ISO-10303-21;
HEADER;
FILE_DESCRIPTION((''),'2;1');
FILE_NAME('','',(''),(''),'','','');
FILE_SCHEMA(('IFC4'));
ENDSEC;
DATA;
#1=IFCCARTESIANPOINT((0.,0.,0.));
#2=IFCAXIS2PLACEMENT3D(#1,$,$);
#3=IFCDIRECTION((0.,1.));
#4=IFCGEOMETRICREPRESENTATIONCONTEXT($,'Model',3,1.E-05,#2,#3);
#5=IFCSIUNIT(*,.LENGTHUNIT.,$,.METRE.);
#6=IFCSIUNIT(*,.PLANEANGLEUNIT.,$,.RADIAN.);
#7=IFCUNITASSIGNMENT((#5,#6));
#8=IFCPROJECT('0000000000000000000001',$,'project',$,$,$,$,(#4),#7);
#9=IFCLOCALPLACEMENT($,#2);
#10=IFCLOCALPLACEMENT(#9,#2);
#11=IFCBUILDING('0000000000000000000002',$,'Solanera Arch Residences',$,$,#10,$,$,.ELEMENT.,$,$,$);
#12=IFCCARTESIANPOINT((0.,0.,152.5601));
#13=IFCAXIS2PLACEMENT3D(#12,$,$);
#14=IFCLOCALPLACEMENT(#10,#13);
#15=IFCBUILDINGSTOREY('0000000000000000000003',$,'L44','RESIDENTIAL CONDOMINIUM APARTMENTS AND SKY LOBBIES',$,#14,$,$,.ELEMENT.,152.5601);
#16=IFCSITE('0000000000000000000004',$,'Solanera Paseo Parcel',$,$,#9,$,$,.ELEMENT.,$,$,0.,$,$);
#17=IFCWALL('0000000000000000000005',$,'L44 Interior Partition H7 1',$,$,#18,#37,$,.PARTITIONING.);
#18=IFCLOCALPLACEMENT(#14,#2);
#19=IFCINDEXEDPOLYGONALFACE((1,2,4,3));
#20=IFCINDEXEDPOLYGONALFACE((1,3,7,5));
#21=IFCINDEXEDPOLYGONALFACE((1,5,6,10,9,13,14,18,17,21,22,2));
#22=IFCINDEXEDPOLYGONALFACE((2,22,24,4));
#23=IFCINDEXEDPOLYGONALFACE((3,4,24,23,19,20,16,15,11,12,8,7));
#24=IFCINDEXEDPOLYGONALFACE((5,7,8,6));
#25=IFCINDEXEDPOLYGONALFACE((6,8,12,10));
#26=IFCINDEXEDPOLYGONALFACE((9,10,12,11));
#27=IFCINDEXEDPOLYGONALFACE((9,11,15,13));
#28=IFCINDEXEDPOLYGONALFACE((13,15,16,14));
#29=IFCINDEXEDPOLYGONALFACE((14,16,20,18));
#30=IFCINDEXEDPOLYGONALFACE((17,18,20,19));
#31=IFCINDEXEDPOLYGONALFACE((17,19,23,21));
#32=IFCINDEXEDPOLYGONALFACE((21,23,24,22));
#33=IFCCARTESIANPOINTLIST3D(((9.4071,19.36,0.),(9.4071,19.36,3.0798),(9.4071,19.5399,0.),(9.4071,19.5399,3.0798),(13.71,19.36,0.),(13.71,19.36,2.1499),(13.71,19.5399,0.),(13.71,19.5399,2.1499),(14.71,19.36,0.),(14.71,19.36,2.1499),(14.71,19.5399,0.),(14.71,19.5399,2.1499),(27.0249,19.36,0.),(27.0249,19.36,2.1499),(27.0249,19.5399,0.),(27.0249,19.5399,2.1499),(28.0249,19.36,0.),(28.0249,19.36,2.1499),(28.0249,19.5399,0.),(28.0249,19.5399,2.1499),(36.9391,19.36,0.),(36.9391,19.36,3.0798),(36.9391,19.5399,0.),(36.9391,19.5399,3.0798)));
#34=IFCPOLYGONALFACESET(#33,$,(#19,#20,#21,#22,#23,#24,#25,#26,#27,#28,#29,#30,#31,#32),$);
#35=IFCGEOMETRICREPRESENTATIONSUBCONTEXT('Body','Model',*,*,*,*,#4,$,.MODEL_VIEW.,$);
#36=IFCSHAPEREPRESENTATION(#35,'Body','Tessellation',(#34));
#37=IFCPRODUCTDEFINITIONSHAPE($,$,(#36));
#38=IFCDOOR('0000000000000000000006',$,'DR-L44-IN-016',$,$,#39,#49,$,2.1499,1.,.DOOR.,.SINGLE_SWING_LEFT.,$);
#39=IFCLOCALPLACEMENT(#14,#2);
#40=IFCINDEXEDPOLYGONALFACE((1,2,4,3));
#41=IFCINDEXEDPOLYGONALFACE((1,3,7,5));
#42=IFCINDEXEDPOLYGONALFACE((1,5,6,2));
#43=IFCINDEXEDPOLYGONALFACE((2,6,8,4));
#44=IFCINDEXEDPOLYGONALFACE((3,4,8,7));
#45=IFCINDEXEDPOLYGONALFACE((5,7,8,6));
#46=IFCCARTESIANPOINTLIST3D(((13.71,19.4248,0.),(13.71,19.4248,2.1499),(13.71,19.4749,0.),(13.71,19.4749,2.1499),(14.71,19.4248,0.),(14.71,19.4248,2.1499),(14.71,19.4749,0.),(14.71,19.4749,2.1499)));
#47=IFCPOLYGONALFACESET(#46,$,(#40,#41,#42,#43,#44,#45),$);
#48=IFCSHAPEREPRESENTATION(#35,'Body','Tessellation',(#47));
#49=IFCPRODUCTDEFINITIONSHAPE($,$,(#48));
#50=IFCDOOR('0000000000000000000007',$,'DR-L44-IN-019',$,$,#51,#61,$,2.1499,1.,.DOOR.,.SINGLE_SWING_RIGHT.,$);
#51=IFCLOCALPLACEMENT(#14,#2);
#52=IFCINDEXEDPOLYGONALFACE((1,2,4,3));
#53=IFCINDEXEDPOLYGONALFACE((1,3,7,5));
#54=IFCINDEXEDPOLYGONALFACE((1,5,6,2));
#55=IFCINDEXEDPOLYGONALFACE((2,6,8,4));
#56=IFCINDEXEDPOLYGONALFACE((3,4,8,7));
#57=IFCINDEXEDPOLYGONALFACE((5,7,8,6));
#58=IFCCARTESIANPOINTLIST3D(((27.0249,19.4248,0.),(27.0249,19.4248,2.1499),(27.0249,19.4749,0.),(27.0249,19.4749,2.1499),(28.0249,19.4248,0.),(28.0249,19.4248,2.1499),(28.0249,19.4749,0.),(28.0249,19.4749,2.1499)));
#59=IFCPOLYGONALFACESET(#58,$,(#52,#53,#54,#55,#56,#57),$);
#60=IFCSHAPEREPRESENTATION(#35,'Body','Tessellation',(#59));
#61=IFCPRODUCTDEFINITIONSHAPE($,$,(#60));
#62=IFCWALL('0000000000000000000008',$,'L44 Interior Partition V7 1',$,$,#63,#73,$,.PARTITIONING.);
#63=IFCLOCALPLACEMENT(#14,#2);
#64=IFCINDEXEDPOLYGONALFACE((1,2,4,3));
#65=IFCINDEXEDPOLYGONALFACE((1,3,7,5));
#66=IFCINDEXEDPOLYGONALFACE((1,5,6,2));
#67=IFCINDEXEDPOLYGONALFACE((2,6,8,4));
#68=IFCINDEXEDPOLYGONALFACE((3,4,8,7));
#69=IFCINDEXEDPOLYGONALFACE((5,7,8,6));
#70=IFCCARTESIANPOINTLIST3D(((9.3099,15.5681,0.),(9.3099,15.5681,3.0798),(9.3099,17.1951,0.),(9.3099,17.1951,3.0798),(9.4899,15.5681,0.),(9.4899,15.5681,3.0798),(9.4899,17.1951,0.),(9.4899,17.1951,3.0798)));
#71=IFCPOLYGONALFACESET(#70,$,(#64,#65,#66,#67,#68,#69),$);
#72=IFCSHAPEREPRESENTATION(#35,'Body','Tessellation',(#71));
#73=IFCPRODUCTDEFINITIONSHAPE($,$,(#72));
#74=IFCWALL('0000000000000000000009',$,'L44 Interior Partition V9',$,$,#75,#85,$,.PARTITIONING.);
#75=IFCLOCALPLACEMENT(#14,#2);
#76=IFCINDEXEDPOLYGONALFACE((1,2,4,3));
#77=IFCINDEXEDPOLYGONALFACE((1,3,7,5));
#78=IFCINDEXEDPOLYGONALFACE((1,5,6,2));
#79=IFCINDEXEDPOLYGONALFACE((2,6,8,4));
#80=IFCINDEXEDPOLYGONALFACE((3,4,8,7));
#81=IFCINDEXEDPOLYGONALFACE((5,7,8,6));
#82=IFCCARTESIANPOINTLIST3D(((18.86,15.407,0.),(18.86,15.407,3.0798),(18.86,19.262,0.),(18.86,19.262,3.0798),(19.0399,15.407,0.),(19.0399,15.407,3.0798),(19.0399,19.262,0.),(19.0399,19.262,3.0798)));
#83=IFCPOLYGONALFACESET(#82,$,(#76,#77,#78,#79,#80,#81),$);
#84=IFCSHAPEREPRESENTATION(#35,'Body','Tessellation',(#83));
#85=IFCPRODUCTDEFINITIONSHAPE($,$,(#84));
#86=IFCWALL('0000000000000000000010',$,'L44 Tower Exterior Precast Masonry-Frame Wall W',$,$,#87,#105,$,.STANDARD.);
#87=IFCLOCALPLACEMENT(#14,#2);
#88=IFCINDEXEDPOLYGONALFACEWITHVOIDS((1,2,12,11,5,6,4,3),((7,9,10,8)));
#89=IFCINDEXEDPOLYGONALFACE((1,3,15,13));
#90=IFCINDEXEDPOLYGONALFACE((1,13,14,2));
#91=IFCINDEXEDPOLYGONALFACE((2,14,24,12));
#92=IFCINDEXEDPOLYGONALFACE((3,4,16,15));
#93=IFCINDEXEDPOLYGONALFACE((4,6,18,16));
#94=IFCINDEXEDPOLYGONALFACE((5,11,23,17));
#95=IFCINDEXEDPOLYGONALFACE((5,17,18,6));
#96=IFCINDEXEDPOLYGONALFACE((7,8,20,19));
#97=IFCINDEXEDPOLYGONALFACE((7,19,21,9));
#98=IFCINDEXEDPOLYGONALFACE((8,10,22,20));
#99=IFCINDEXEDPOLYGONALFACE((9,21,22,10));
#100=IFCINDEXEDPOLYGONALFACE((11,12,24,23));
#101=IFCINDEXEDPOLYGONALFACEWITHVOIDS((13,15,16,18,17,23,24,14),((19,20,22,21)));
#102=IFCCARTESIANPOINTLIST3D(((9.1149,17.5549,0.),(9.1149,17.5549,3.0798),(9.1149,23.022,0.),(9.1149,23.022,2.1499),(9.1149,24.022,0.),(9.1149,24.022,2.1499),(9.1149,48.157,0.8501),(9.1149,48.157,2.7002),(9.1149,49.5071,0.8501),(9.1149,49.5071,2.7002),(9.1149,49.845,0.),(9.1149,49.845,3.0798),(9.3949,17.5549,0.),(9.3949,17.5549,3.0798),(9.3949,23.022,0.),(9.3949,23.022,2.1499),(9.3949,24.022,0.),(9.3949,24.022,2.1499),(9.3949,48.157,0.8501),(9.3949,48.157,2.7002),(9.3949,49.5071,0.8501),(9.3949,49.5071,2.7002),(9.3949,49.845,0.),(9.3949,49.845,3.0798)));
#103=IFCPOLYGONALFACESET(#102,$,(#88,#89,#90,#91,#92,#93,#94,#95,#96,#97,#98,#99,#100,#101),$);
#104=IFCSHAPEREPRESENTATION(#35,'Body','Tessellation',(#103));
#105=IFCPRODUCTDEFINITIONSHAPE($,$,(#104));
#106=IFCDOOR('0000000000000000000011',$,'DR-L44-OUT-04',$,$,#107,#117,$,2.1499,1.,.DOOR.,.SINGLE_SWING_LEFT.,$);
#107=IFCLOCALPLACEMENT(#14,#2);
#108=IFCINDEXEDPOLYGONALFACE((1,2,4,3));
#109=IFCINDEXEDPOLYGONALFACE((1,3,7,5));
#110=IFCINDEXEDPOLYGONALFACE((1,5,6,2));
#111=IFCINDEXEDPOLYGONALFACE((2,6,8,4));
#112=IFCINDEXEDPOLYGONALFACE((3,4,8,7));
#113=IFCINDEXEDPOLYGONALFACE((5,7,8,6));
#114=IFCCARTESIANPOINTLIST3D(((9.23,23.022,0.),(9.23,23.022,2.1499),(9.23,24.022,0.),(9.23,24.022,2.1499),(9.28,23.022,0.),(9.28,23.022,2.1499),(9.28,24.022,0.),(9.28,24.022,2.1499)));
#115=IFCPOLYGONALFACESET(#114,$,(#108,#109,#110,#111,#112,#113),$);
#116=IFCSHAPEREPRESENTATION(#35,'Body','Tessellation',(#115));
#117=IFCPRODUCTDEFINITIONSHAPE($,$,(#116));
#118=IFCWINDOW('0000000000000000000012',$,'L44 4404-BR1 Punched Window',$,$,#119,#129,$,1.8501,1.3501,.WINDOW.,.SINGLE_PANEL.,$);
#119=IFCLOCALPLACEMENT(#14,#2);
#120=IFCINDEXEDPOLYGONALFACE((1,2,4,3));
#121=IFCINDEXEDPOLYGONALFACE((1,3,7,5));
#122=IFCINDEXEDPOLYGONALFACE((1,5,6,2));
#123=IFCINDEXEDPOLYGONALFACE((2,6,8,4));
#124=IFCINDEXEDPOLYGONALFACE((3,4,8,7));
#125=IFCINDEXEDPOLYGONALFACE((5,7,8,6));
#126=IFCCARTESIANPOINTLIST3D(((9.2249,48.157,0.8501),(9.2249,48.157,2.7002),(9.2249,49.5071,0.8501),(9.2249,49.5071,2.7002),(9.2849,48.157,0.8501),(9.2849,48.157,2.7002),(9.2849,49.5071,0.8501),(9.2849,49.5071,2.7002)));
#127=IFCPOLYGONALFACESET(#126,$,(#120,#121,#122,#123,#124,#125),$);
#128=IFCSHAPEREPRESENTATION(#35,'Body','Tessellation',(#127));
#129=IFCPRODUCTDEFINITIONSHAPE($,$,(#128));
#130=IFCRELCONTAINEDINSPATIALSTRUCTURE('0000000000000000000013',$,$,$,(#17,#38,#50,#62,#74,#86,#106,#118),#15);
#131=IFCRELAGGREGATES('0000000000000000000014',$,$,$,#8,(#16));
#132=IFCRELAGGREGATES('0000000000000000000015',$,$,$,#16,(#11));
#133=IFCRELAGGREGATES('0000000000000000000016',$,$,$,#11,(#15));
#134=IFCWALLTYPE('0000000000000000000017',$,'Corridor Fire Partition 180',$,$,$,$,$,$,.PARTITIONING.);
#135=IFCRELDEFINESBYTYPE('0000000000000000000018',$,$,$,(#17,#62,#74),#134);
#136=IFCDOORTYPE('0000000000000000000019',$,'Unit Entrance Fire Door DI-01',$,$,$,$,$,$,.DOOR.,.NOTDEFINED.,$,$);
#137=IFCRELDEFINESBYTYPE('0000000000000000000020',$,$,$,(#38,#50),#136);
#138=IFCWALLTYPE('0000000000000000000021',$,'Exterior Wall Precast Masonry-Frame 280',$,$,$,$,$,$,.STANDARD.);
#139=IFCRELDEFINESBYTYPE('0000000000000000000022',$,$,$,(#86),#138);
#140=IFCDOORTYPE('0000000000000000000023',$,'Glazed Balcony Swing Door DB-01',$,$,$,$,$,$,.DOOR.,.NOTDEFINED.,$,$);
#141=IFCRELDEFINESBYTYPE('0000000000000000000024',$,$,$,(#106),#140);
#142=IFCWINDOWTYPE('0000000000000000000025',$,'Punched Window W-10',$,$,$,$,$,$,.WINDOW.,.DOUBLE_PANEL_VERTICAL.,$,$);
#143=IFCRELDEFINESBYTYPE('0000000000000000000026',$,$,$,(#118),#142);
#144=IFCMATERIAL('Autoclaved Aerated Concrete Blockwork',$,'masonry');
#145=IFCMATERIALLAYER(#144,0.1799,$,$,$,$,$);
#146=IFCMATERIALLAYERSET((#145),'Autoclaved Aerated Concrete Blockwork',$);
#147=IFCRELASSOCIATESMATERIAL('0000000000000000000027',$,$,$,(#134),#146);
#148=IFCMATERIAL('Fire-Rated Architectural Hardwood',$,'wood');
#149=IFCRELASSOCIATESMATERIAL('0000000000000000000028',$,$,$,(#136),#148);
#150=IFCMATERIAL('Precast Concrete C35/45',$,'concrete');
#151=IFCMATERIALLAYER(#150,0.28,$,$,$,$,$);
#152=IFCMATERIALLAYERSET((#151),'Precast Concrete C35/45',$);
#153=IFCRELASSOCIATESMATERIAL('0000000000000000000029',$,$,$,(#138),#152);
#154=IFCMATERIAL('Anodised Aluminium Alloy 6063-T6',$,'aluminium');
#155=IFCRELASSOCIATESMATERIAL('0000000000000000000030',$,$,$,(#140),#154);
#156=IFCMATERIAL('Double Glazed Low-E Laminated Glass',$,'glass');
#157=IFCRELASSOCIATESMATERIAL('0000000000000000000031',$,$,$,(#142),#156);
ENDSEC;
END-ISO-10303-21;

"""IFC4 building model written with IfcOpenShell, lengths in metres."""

from ifc_helpers import new_model, si_unit, direction, frame, frame_2d, origin, place, context, subcontext, project, spatial, rectangle, extrude, material, layer, layer_set, type_object, element, fill, save


model = new_model("IFC4")

# Units and contexts
model_context = context("Model", 3, precision=1e-05, world=origin(), true_north=direction((0.0, 1.0)))
body_context = subcontext(model_context, "Body", "Model", "MODEL_VIEW")
ifc_project = project(units=[si_unit("LENGTHUNIT", "METRE"), si_unit("PLANEANGLEUNIT", "RADIAN")], contexts=[model_context])

# Site, building, storey
site_placement = place(None, origin())
site = spatial("IfcSite", under=ifc_project, at=site_placement, Name="Solanera Paseo Parcel", CompositionType="ELEMENT", RefElevation=0.0)
building_placement = place(site_placement, origin())
building = spatial("IfcBuilding", under=site, at=building_placement, Name="Solanera Arch Residences", CompositionType="ELEMENT")
storey_placement = place(building_placement, frame((0.0, 0.0, 152.5601)))
storey = spatial("IfcBuildingStorey", under=building, at=storey_placement, Name="L44", Description="RESIDENTIAL CONDOMINIUM APARTMENTS AND SKY LOBBIES", CompositionType="ELEMENT", Elevation=152.5601)

# Wall, openings, doors
ifc_material_1 = material(Name="Autoclaved Aerated Concrete Blockwork", Category="masonry")
ifc_layer_1 = layer(ifc_material_1, 0.1799)
ifc_layer_set_1 = layer_set([ifc_layer_1], Name="Autoclaved Aerated Concrete Blockwork")
wall_type_1 = type_object("IfcWallType", Name="Corridor Fire Partition 180", PredefinedType="PARTITIONING", material=ifc_layer_set_1)
wall_1_placement = place(storey_placement, frame((9.407, 19.45, 0.0), z_axis=(0.0, 0.0, 1.0), x_axis=(1.0, 0.0, 0.0)))
wall_1 = element("IfcWall", 1, at=wall_1_placement, inside=storey, type_object=wall_type_1, Name="L44 Interior Partition H7 1", PredefinedType="PARTITIONING", context=body_context, shape_type="SweptSolid", body=[
    extrude(rectangle(XDim=27.532, YDim=0.1799, at=frame_2d((13.7661, 0.0))), origin(), (0.0, 0.0, 1.0), 3.0798),
])
opening_1_placement = place(wall_1_placement, frame((4.303, 0.0, 0.0)))
opening_1 = element("IfcOpeningElement", 2, at=opening_1_placement, cuts=wall_1, PredefinedType="OPENING", context=body_context, shape_type="SweptSolid", body=[
    extrude(rectangle(XDim=1.0, YDim=2.1499, at=frame_2d((0.5, 1.075))), frame((0.0, 0.1001, 0.0), z_axis=(0.0, -1.0, 0.0), x_axis=(1.0, 0.0, 0.0)), (0.0, 0.0, 1.0), 0.1999),
])
opening_2_placement = place(wall_1_placement, frame((17.6179, 0.0, 0.0)))
opening_2 = element("IfcOpeningElement", 3, at=opening_2_placement, cuts=wall_1, PredefinedType="OPENING", context=body_context, shape_type="SweptSolid", body=[
    extrude(rectangle(XDim=1.0, YDim=2.1499, at=frame_2d((0.5, 1.075))), frame((0.0, 0.1001, 0.0), z_axis=(0.0, -1.0, 0.0), x_axis=(1.0, 0.0, 0.0)), (0.0, 0.0, 1.0), 0.1999),
])
ifc_material_2 = material(Name="Fire-Rated Architectural Hardwood", Category="wood")
door_type_1 = type_object("IfcDoorType", Name="Unit Entrance Fire Door DI-01", OperationType="NOTDEFINED", PredefinedType="DOOR", material=ifc_material_2)
door_1_placement = place(opening_1_placement, origin())
door_1 = element("IfcDoor", 4, at=door_1_placement, inside=storey, type_object=door_type_1, Name="DR-L44-IN-016", OperationType="SINGLE_SWING_LEFT", OverallHeight=2.1499, OverallWidth=1.0, PredefinedType="DOOR", context=body_context, shape_type="SweptSolid", body=[
    extrude(rectangle(XDim=1.0, YDim=2.1499, at=frame_2d((0.5, 1.075))), frame((0.0, 0.0249, 0.0), z_axis=(0.0, -1.0, 0.0), x_axis=(1.0, 0.0, 0.0)), (0.0, 0.0, 1.0), 0.05),
])
fill(opening_1, door_1)
door_2_placement = place(opening_2_placement, origin())
door_2 = element("IfcDoor", 5, at=door_2_placement, inside=storey, type_object=door_type_1, Name="DR-L44-IN-019", OperationType="SINGLE_SWING_RIGHT", OverallHeight=2.1499, OverallWidth=1.0, PredefinedType="DOOR", context=body_context, shape_type="SweptSolid", body=[
    extrude(rectangle(XDim=1.0, YDim=2.1499, at=frame_2d((0.5, 1.075))), frame((0.0, 0.0249, 0.0), z_axis=(0.0, -1.0, 0.0), x_axis=(1.0, 0.0, 0.0)), (0.0, 0.0, 1.0), 0.05),
])
fill(opening_2, door_2)

# Walls
wall_2_placement = place(storey_placement, frame((9.3999, 15.5681, 0.0), z_axis=(0.0, 0.0, 1.0), x_axis=(0.0, 1.0, 0.0)))
element("IfcWall", 6, at=wall_2_placement, inside=storey, type_object=wall_type_1, Name="L44 Interior Partition V7 1", PredefinedType="PARTITIONING", context=body_context, shape_type="SweptSolid", body=[
    extrude(rectangle(XDim=1.627, YDim=0.1799, at=frame_2d((0.8135, 0.0))), origin(), (0.0, 0.0, 1.0), 3.0798),
])
wall_3_placement = place(storey_placement, frame((18.95, 15.407, 0.0), z_axis=(0.0, 0.0, 1.0), x_axis=(0.0, 1.0, 0.0)))
element("IfcWall", 7, at=wall_3_placement, inside=storey, type_object=wall_type_1, Name="L44 Interior Partition V9", PredefinedType="PARTITIONING", context=body_context, shape_type="SweptSolid", body=[
    extrude(rectangle(XDim=3.855, YDim=0.1799, at=frame_2d((1.9275, 0.0))), origin(), (0.0, 0.0, 1.0), 3.0798),
])

# Wall, openings, door, window
ifc_material_3 = material(Name="Precast Concrete C35/45", Category="concrete")
ifc_layer_2 = layer(ifc_material_3, 0.28)
ifc_layer_set_2 = layer_set([ifc_layer_2], Name="Precast Concrete C35/45")
wall_type_2 = type_object("IfcWallType", Name="Exterior Wall Precast Masonry-Frame 280", PredefinedType="STANDARD", material=ifc_layer_set_2)
wall_4_placement = place(storey_placement, frame((9.2549, 17.5549, 0.0), z_axis=(0.0, 0.0, 1.0), x_axis=(0.0, 1.0, 0.0)))
wall_4 = element("IfcWall", 8, at=wall_4_placement, inside=storey, type_object=wall_type_2, Name="L44 Tower Exterior Precast Masonry-Frame Wall W", PredefinedType="STANDARD", context=body_context, shape_type="SweptSolid", body=[
    extrude(rectangle(XDim=32.29, YDim=0.28, at=frame_2d((16.145, 0.0))), origin(), (0.0, 0.0, 1.0), 3.0798),
])
opening_3_placement = place(wall_4_placement, frame((5.467, 0.0, 0.0)))
opening_3 = element("IfcOpeningElement", 9, at=opening_3_placement, cuts=wall_4, PredefinedType="OPENING", context=body_context, shape_type="SweptSolid", body=[
    extrude(rectangle(XDim=1.0, YDim=2.1499, at=frame_2d((0.5, 1.075))), frame((0.0, 0.1499, 0.0), z_axis=(0.0, -1.0, 0.0), x_axis=(1.0, 0.0, 0.0)), (0.0, 0.0, 1.0), 0.3),
])
opening_4_placement = place(wall_4_placement, frame((30.6021, 0.0, 0.8501)))
opening_4 = element("IfcOpeningElement", 10, at=opening_4_placement, cuts=wall_4, PredefinedType="OPENING", context=body_context, shape_type="SweptSolid", body=[
    extrude(rectangle(XDim=1.3501, YDim=1.8501, at=frame_2d((0.675, 0.925))), frame((0.0, 0.1499, 0.0), z_axis=(0.0, -1.0, 0.0), x_axis=(1.0, 0.0, 0.0)), (0.0, 0.0, 1.0), 0.3),
])
ifc_material_4 = material(Name="Anodised Aluminium Alloy 6063-T6", Category="aluminium")
door_type_2 = type_object("IfcDoorType", Name="Glazed Balcony Swing Door DB-01", OperationType="NOTDEFINED", PredefinedType="DOOR", material=ifc_material_4)
door_3_placement = place(opening_3_placement, origin())
door_3 = element("IfcDoor", 11, at=door_3_placement, inside=storey, type_object=door_type_2, Name="DR-L44-OUT-04", OperationType="SINGLE_SWING_LEFT", OverallHeight=2.1499, OverallWidth=1.0, PredefinedType="DOOR", context=body_context, shape_type="SweptSolid", body=[
    extrude(rectangle(XDim=1.0, YDim=2.1499, at=frame_2d((0.5, 1.075))), frame((0.0, 0.0249, 0.0), z_axis=(0.0, -1.0, 0.0), x_axis=(1.0, 0.0, 0.0)), (0.0, 0.0, 1.0), 0.05),
])
fill(opening_3, door_3)
ifc_material_5 = material(Name="Double Glazed Low-E Laminated Glass", Category="glass")
window_type = type_object("IfcWindowType", Name="Punched Window W-10", PartitioningType="DOUBLE_PANEL_VERTICAL", PredefinedType="WINDOW", material=ifc_material_5)
window_placement = place(opening_4_placement, origin())
window = element("IfcWindow", 12, at=window_placement, inside=storey, type_object=window_type, Name="L44 4404-BR1 Punched Window", OverallHeight=1.8501, OverallWidth=1.3501, PartitioningType="SINGLE_PANEL", PredefinedType="WINDOW", context=body_context, shape_type="SweptSolid", body=[
    extrude(rectangle(XDim=1.3501, YDim=1.8501, at=frame_2d((0.675, 0.925))), frame((0.0, 0.03, 0.0), z_axis=(0.0, -1.0, 0.0), x_axis=(1.0, 0.0, 0.0)), (0.0, 0.0, 1.0), 0.0601),
])
fill(opening_4, window)

save(model, "model.ifc")
